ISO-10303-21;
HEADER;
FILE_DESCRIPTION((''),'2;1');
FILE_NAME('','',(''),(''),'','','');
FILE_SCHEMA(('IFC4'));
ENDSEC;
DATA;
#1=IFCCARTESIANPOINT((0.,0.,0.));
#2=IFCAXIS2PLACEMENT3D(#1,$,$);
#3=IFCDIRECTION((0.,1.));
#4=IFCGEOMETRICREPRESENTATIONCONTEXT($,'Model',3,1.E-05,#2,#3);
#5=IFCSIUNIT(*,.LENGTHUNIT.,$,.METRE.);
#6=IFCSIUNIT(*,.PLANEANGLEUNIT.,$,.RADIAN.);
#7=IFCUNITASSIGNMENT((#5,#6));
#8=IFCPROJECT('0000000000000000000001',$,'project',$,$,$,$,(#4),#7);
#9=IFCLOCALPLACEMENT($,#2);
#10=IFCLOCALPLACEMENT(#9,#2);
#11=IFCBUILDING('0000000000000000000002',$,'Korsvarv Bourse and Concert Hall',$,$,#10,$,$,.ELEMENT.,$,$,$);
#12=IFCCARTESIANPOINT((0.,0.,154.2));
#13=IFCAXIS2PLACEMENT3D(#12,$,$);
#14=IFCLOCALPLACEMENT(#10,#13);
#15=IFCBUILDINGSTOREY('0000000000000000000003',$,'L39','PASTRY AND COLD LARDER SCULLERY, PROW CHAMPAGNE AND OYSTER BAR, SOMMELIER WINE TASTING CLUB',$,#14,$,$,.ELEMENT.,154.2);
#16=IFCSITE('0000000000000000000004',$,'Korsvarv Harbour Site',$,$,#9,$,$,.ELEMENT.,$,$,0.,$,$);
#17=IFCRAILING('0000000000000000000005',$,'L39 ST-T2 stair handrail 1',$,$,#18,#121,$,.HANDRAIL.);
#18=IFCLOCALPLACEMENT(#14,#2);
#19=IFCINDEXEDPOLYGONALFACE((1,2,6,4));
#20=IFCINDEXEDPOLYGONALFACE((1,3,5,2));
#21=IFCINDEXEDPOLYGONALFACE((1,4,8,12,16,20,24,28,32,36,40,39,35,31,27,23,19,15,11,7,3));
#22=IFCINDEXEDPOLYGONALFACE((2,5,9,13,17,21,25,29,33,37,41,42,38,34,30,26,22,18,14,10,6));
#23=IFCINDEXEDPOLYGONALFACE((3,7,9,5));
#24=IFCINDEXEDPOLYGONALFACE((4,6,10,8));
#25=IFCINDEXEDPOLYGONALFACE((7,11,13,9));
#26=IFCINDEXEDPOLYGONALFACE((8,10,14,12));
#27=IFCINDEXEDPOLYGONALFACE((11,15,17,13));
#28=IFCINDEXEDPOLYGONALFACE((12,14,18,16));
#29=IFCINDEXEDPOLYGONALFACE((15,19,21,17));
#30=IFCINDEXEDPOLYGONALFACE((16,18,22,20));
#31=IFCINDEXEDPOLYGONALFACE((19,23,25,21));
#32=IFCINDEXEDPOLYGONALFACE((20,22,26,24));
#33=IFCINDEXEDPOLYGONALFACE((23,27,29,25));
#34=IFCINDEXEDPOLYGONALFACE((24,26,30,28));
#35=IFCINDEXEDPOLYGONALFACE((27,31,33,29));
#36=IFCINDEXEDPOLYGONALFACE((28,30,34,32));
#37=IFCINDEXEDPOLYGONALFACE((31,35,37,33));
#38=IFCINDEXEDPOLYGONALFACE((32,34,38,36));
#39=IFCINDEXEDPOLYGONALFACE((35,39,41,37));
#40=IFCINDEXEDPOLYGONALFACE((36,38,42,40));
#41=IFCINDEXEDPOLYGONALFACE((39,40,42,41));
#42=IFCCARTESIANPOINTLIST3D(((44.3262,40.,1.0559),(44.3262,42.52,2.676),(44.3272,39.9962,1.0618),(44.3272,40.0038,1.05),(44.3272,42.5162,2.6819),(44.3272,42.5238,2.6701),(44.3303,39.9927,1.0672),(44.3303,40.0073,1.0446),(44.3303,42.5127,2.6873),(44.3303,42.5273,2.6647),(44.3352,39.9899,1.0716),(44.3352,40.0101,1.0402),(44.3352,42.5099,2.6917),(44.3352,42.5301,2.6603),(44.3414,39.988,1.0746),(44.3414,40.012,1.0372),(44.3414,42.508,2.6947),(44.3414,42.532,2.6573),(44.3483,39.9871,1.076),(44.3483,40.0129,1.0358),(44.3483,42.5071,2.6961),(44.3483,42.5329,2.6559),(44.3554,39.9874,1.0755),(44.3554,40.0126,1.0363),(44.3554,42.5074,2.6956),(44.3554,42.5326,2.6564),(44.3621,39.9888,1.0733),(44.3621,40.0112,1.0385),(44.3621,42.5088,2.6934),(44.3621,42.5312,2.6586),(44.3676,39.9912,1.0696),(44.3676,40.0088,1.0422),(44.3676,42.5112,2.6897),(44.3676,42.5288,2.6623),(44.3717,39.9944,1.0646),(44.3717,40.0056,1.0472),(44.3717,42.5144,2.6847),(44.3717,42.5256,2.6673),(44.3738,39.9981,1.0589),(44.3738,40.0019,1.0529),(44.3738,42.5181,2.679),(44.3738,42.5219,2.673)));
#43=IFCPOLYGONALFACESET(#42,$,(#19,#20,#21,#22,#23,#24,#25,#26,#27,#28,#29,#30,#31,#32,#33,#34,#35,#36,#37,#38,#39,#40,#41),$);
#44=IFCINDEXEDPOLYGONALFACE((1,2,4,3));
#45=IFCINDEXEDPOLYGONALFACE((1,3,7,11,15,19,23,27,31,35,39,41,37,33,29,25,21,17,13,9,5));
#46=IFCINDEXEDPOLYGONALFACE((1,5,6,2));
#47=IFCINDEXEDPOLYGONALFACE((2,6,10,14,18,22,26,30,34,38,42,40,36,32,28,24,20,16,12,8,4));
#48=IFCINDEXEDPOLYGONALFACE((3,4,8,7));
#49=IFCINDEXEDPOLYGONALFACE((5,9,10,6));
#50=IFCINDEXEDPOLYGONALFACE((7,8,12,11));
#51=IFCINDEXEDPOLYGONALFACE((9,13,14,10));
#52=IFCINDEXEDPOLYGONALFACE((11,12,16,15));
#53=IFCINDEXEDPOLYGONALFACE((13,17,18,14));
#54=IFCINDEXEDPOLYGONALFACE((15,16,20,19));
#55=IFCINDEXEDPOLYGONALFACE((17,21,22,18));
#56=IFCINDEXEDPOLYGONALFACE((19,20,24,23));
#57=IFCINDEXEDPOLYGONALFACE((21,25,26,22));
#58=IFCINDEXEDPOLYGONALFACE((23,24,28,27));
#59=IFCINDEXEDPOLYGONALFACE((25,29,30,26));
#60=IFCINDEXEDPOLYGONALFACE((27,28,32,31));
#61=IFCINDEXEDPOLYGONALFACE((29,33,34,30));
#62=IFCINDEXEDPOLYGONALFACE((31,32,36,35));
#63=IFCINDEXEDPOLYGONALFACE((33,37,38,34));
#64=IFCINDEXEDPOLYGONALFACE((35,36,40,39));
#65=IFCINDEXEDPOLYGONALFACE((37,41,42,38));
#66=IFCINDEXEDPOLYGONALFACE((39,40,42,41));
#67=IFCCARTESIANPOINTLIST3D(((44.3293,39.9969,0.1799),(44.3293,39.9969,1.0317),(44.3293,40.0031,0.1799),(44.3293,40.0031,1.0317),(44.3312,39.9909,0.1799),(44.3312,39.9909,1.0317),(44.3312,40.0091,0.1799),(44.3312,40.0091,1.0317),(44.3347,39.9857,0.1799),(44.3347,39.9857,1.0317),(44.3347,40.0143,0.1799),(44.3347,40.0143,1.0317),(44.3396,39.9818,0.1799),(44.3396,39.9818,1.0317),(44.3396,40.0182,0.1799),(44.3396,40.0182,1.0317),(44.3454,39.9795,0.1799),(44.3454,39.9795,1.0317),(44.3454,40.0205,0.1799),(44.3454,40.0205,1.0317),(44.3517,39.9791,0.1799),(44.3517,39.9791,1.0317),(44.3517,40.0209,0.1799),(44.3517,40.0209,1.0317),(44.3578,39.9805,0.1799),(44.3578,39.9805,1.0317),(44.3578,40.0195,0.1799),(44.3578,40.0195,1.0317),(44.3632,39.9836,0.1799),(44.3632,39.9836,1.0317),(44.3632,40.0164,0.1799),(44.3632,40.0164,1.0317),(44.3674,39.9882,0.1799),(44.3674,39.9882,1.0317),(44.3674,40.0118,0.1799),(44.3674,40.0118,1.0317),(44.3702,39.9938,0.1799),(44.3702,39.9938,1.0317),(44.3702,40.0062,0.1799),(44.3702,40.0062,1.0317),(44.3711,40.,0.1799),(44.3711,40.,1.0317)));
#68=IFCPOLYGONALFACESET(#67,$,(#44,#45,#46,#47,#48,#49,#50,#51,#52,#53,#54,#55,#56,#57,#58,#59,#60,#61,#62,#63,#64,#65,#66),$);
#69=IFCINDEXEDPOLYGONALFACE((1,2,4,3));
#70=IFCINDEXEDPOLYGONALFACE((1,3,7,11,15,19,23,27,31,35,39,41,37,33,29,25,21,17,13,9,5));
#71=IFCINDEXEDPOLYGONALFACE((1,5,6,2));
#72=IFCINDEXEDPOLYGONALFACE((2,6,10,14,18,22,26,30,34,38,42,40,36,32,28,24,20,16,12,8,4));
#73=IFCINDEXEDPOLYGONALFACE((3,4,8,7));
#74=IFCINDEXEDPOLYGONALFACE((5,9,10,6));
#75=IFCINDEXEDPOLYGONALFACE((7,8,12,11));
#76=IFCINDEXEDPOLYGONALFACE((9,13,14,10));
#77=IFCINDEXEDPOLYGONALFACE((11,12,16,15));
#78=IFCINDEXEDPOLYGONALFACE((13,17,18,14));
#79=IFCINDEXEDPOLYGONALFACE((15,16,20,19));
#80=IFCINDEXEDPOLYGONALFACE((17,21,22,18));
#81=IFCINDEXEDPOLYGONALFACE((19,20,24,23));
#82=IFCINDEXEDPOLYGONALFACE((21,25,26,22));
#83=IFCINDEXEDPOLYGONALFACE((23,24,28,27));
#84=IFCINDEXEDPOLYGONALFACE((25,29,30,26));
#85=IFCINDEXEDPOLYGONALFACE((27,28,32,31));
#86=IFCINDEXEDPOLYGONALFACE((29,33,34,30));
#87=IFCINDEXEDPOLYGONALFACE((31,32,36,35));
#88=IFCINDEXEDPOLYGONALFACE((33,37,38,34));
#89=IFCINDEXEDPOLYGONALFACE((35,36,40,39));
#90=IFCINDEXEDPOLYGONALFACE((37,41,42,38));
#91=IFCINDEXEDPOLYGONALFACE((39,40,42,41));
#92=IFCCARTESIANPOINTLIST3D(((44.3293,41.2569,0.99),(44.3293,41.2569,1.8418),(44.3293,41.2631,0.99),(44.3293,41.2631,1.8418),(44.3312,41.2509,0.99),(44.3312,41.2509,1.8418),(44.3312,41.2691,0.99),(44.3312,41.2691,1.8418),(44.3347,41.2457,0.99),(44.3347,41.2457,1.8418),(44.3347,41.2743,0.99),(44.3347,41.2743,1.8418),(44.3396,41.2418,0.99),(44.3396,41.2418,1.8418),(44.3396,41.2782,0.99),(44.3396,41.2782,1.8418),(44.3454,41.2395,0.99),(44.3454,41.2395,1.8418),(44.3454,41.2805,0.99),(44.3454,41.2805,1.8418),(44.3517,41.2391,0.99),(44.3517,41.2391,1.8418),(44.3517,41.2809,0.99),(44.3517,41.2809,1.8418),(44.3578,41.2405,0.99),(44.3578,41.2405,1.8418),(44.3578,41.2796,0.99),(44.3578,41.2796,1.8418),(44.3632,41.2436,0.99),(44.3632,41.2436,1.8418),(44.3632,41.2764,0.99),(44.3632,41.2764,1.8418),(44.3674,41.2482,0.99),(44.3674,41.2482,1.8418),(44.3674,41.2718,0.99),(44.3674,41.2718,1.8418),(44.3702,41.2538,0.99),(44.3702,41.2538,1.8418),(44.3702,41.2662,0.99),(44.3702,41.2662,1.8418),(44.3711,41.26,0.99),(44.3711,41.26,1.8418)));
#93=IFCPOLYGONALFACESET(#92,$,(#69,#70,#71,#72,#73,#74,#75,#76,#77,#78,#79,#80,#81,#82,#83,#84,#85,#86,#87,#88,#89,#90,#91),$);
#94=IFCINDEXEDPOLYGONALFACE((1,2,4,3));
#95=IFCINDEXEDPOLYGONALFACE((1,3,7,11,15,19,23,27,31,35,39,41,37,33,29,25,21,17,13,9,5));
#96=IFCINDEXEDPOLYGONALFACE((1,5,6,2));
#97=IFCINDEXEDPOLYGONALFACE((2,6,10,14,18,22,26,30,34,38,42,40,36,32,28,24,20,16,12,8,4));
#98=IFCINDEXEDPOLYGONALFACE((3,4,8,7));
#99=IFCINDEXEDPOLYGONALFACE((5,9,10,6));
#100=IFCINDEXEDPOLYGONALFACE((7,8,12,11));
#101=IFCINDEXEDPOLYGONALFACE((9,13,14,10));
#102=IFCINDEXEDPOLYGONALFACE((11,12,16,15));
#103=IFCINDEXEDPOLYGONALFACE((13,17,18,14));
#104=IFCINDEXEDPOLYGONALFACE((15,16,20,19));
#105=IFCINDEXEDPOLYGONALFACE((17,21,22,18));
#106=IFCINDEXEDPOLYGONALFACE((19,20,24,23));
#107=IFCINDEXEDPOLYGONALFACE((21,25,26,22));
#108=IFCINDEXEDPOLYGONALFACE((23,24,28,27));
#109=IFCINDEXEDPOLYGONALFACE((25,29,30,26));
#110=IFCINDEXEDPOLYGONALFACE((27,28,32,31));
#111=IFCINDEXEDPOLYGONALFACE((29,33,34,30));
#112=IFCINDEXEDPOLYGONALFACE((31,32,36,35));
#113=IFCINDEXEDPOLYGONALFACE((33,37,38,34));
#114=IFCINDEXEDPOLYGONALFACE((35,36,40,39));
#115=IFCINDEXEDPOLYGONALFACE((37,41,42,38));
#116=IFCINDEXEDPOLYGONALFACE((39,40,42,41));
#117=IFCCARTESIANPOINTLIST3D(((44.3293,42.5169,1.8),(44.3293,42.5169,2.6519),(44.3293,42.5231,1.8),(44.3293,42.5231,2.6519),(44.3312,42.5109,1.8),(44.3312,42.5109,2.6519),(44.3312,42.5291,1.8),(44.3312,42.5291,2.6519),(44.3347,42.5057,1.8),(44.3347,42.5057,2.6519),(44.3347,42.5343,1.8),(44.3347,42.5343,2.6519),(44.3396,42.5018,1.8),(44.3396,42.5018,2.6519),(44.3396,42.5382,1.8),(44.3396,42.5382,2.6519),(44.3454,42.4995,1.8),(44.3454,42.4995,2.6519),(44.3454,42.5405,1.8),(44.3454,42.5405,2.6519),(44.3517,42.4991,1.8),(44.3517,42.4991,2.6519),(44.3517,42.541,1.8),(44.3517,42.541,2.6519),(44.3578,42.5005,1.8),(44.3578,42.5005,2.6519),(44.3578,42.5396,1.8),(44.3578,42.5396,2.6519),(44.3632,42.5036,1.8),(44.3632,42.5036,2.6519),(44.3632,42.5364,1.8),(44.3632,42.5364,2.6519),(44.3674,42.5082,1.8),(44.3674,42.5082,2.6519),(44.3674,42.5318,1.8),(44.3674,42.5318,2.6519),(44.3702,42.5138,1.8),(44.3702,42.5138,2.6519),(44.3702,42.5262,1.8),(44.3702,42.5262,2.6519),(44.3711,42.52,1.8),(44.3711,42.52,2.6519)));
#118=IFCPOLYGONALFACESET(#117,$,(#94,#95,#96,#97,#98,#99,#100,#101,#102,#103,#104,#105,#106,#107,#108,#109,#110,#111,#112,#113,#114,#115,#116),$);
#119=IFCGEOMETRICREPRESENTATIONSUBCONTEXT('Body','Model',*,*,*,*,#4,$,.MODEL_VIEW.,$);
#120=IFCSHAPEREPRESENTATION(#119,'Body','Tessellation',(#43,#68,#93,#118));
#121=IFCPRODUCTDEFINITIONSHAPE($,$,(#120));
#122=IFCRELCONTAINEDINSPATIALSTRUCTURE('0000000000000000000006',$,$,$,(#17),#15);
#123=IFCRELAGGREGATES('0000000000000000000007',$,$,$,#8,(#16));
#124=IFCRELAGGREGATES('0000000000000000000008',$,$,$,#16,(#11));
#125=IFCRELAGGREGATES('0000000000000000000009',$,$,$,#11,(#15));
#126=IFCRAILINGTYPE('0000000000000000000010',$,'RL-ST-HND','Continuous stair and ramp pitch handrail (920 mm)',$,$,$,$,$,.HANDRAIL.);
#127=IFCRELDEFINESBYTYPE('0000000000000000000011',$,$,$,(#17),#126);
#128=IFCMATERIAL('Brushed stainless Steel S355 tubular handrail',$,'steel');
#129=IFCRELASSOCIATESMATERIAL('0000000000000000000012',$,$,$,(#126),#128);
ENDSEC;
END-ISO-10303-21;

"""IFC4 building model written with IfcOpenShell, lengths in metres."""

from ifc_helpers import new_model, si_unit, direction, frame, origin, origin_2d, place, context, subcontext, project, spatial, circle, extrude, material, type_object, element, save


model = new_model("IFC4")

# Units and contexts
model_context = context("Model", 3, precision=1e-05, world=origin(), true_north=direction((0.0, 1.0)))
body_context = subcontext(model_context, "Body", "Model", "MODEL_VIEW")
ifc_project = project(units=[si_unit("LENGTHUNIT", "METRE"), si_unit("PLANEANGLEUNIT", "RADIAN")], contexts=[model_context])

# Site, building, storey
site_placement = place(None, origin())
site = spatial("IfcSite", under=ifc_project, at=site_placement, Name="Korsvarv Harbour Site", CompositionType="ELEMENT", RefElevation=0.0)
building_placement = place(site_placement, origin())
building = spatial("IfcBuilding", under=site, at=building_placement, Name="Korsvarv Bourse and Concert Hall", CompositionType="ELEMENT")
storey_placement = place(building_placement, frame((0.0, 0.0, 154.2)))
storey = spatial("IfcBuildingStorey", under=building, at=storey_placement, Name="L39", Description="PASTRY AND COLD LARDER SCULLERY, PROW CHAMPAGNE AND OYSTER BAR, SOMMELIER WINE TASTING CLUB", CompositionType="ELEMENT", Elevation=154.2)

# Railing
ifc_material_1 = material(Name="Brushed stainless Steel S355 tubular handrail", Category="steel")
railing_type_1 = type_object("IfcRailingType", Name="RL-ST-HND", Description="Continuous stair and ramp pitch handrail (920 mm)", PredefinedType="HANDRAIL", material=ifc_material_1)
railing_1_placement = place(storey_placement, frame((44.3501, 40.0, 0.1799)))
element("IfcRailing", 1, at=railing_1_placement, inside=storey, type_object=railing_type_1, Name="L39 ST-T2 stair handrail 1", PredefinedType="HANDRAIL", context=body_context, shape_type="SweptSolid", body=[
    extrude(circle(Radius=0.0239, at=origin_2d()), frame((0.0, 0.0, 0.876), z_axis=(0.0, 0.841163, 0.540782), x_axis=(-1.0, 0.0, 0.0)), (0.0, 0.0, 1.0), 2.9958),
    extrude(circle(Radius=0.021, at=origin_2d()), origin(), (0.0, 0.0, 1.0), 0.8518),
    extrude(circle(Radius=0.021, at=origin_2d()), frame((0.0, 1.26, 0.8101)), (0.0, 0.0, 1.0), 0.8518),
    extrude(circle(Radius=0.021, at=origin_2d()), frame((0.0, 2.52, 1.6201)), (0.0, 0.0, 1.0), 0.8518),
])

save(model, "model.ifc")
